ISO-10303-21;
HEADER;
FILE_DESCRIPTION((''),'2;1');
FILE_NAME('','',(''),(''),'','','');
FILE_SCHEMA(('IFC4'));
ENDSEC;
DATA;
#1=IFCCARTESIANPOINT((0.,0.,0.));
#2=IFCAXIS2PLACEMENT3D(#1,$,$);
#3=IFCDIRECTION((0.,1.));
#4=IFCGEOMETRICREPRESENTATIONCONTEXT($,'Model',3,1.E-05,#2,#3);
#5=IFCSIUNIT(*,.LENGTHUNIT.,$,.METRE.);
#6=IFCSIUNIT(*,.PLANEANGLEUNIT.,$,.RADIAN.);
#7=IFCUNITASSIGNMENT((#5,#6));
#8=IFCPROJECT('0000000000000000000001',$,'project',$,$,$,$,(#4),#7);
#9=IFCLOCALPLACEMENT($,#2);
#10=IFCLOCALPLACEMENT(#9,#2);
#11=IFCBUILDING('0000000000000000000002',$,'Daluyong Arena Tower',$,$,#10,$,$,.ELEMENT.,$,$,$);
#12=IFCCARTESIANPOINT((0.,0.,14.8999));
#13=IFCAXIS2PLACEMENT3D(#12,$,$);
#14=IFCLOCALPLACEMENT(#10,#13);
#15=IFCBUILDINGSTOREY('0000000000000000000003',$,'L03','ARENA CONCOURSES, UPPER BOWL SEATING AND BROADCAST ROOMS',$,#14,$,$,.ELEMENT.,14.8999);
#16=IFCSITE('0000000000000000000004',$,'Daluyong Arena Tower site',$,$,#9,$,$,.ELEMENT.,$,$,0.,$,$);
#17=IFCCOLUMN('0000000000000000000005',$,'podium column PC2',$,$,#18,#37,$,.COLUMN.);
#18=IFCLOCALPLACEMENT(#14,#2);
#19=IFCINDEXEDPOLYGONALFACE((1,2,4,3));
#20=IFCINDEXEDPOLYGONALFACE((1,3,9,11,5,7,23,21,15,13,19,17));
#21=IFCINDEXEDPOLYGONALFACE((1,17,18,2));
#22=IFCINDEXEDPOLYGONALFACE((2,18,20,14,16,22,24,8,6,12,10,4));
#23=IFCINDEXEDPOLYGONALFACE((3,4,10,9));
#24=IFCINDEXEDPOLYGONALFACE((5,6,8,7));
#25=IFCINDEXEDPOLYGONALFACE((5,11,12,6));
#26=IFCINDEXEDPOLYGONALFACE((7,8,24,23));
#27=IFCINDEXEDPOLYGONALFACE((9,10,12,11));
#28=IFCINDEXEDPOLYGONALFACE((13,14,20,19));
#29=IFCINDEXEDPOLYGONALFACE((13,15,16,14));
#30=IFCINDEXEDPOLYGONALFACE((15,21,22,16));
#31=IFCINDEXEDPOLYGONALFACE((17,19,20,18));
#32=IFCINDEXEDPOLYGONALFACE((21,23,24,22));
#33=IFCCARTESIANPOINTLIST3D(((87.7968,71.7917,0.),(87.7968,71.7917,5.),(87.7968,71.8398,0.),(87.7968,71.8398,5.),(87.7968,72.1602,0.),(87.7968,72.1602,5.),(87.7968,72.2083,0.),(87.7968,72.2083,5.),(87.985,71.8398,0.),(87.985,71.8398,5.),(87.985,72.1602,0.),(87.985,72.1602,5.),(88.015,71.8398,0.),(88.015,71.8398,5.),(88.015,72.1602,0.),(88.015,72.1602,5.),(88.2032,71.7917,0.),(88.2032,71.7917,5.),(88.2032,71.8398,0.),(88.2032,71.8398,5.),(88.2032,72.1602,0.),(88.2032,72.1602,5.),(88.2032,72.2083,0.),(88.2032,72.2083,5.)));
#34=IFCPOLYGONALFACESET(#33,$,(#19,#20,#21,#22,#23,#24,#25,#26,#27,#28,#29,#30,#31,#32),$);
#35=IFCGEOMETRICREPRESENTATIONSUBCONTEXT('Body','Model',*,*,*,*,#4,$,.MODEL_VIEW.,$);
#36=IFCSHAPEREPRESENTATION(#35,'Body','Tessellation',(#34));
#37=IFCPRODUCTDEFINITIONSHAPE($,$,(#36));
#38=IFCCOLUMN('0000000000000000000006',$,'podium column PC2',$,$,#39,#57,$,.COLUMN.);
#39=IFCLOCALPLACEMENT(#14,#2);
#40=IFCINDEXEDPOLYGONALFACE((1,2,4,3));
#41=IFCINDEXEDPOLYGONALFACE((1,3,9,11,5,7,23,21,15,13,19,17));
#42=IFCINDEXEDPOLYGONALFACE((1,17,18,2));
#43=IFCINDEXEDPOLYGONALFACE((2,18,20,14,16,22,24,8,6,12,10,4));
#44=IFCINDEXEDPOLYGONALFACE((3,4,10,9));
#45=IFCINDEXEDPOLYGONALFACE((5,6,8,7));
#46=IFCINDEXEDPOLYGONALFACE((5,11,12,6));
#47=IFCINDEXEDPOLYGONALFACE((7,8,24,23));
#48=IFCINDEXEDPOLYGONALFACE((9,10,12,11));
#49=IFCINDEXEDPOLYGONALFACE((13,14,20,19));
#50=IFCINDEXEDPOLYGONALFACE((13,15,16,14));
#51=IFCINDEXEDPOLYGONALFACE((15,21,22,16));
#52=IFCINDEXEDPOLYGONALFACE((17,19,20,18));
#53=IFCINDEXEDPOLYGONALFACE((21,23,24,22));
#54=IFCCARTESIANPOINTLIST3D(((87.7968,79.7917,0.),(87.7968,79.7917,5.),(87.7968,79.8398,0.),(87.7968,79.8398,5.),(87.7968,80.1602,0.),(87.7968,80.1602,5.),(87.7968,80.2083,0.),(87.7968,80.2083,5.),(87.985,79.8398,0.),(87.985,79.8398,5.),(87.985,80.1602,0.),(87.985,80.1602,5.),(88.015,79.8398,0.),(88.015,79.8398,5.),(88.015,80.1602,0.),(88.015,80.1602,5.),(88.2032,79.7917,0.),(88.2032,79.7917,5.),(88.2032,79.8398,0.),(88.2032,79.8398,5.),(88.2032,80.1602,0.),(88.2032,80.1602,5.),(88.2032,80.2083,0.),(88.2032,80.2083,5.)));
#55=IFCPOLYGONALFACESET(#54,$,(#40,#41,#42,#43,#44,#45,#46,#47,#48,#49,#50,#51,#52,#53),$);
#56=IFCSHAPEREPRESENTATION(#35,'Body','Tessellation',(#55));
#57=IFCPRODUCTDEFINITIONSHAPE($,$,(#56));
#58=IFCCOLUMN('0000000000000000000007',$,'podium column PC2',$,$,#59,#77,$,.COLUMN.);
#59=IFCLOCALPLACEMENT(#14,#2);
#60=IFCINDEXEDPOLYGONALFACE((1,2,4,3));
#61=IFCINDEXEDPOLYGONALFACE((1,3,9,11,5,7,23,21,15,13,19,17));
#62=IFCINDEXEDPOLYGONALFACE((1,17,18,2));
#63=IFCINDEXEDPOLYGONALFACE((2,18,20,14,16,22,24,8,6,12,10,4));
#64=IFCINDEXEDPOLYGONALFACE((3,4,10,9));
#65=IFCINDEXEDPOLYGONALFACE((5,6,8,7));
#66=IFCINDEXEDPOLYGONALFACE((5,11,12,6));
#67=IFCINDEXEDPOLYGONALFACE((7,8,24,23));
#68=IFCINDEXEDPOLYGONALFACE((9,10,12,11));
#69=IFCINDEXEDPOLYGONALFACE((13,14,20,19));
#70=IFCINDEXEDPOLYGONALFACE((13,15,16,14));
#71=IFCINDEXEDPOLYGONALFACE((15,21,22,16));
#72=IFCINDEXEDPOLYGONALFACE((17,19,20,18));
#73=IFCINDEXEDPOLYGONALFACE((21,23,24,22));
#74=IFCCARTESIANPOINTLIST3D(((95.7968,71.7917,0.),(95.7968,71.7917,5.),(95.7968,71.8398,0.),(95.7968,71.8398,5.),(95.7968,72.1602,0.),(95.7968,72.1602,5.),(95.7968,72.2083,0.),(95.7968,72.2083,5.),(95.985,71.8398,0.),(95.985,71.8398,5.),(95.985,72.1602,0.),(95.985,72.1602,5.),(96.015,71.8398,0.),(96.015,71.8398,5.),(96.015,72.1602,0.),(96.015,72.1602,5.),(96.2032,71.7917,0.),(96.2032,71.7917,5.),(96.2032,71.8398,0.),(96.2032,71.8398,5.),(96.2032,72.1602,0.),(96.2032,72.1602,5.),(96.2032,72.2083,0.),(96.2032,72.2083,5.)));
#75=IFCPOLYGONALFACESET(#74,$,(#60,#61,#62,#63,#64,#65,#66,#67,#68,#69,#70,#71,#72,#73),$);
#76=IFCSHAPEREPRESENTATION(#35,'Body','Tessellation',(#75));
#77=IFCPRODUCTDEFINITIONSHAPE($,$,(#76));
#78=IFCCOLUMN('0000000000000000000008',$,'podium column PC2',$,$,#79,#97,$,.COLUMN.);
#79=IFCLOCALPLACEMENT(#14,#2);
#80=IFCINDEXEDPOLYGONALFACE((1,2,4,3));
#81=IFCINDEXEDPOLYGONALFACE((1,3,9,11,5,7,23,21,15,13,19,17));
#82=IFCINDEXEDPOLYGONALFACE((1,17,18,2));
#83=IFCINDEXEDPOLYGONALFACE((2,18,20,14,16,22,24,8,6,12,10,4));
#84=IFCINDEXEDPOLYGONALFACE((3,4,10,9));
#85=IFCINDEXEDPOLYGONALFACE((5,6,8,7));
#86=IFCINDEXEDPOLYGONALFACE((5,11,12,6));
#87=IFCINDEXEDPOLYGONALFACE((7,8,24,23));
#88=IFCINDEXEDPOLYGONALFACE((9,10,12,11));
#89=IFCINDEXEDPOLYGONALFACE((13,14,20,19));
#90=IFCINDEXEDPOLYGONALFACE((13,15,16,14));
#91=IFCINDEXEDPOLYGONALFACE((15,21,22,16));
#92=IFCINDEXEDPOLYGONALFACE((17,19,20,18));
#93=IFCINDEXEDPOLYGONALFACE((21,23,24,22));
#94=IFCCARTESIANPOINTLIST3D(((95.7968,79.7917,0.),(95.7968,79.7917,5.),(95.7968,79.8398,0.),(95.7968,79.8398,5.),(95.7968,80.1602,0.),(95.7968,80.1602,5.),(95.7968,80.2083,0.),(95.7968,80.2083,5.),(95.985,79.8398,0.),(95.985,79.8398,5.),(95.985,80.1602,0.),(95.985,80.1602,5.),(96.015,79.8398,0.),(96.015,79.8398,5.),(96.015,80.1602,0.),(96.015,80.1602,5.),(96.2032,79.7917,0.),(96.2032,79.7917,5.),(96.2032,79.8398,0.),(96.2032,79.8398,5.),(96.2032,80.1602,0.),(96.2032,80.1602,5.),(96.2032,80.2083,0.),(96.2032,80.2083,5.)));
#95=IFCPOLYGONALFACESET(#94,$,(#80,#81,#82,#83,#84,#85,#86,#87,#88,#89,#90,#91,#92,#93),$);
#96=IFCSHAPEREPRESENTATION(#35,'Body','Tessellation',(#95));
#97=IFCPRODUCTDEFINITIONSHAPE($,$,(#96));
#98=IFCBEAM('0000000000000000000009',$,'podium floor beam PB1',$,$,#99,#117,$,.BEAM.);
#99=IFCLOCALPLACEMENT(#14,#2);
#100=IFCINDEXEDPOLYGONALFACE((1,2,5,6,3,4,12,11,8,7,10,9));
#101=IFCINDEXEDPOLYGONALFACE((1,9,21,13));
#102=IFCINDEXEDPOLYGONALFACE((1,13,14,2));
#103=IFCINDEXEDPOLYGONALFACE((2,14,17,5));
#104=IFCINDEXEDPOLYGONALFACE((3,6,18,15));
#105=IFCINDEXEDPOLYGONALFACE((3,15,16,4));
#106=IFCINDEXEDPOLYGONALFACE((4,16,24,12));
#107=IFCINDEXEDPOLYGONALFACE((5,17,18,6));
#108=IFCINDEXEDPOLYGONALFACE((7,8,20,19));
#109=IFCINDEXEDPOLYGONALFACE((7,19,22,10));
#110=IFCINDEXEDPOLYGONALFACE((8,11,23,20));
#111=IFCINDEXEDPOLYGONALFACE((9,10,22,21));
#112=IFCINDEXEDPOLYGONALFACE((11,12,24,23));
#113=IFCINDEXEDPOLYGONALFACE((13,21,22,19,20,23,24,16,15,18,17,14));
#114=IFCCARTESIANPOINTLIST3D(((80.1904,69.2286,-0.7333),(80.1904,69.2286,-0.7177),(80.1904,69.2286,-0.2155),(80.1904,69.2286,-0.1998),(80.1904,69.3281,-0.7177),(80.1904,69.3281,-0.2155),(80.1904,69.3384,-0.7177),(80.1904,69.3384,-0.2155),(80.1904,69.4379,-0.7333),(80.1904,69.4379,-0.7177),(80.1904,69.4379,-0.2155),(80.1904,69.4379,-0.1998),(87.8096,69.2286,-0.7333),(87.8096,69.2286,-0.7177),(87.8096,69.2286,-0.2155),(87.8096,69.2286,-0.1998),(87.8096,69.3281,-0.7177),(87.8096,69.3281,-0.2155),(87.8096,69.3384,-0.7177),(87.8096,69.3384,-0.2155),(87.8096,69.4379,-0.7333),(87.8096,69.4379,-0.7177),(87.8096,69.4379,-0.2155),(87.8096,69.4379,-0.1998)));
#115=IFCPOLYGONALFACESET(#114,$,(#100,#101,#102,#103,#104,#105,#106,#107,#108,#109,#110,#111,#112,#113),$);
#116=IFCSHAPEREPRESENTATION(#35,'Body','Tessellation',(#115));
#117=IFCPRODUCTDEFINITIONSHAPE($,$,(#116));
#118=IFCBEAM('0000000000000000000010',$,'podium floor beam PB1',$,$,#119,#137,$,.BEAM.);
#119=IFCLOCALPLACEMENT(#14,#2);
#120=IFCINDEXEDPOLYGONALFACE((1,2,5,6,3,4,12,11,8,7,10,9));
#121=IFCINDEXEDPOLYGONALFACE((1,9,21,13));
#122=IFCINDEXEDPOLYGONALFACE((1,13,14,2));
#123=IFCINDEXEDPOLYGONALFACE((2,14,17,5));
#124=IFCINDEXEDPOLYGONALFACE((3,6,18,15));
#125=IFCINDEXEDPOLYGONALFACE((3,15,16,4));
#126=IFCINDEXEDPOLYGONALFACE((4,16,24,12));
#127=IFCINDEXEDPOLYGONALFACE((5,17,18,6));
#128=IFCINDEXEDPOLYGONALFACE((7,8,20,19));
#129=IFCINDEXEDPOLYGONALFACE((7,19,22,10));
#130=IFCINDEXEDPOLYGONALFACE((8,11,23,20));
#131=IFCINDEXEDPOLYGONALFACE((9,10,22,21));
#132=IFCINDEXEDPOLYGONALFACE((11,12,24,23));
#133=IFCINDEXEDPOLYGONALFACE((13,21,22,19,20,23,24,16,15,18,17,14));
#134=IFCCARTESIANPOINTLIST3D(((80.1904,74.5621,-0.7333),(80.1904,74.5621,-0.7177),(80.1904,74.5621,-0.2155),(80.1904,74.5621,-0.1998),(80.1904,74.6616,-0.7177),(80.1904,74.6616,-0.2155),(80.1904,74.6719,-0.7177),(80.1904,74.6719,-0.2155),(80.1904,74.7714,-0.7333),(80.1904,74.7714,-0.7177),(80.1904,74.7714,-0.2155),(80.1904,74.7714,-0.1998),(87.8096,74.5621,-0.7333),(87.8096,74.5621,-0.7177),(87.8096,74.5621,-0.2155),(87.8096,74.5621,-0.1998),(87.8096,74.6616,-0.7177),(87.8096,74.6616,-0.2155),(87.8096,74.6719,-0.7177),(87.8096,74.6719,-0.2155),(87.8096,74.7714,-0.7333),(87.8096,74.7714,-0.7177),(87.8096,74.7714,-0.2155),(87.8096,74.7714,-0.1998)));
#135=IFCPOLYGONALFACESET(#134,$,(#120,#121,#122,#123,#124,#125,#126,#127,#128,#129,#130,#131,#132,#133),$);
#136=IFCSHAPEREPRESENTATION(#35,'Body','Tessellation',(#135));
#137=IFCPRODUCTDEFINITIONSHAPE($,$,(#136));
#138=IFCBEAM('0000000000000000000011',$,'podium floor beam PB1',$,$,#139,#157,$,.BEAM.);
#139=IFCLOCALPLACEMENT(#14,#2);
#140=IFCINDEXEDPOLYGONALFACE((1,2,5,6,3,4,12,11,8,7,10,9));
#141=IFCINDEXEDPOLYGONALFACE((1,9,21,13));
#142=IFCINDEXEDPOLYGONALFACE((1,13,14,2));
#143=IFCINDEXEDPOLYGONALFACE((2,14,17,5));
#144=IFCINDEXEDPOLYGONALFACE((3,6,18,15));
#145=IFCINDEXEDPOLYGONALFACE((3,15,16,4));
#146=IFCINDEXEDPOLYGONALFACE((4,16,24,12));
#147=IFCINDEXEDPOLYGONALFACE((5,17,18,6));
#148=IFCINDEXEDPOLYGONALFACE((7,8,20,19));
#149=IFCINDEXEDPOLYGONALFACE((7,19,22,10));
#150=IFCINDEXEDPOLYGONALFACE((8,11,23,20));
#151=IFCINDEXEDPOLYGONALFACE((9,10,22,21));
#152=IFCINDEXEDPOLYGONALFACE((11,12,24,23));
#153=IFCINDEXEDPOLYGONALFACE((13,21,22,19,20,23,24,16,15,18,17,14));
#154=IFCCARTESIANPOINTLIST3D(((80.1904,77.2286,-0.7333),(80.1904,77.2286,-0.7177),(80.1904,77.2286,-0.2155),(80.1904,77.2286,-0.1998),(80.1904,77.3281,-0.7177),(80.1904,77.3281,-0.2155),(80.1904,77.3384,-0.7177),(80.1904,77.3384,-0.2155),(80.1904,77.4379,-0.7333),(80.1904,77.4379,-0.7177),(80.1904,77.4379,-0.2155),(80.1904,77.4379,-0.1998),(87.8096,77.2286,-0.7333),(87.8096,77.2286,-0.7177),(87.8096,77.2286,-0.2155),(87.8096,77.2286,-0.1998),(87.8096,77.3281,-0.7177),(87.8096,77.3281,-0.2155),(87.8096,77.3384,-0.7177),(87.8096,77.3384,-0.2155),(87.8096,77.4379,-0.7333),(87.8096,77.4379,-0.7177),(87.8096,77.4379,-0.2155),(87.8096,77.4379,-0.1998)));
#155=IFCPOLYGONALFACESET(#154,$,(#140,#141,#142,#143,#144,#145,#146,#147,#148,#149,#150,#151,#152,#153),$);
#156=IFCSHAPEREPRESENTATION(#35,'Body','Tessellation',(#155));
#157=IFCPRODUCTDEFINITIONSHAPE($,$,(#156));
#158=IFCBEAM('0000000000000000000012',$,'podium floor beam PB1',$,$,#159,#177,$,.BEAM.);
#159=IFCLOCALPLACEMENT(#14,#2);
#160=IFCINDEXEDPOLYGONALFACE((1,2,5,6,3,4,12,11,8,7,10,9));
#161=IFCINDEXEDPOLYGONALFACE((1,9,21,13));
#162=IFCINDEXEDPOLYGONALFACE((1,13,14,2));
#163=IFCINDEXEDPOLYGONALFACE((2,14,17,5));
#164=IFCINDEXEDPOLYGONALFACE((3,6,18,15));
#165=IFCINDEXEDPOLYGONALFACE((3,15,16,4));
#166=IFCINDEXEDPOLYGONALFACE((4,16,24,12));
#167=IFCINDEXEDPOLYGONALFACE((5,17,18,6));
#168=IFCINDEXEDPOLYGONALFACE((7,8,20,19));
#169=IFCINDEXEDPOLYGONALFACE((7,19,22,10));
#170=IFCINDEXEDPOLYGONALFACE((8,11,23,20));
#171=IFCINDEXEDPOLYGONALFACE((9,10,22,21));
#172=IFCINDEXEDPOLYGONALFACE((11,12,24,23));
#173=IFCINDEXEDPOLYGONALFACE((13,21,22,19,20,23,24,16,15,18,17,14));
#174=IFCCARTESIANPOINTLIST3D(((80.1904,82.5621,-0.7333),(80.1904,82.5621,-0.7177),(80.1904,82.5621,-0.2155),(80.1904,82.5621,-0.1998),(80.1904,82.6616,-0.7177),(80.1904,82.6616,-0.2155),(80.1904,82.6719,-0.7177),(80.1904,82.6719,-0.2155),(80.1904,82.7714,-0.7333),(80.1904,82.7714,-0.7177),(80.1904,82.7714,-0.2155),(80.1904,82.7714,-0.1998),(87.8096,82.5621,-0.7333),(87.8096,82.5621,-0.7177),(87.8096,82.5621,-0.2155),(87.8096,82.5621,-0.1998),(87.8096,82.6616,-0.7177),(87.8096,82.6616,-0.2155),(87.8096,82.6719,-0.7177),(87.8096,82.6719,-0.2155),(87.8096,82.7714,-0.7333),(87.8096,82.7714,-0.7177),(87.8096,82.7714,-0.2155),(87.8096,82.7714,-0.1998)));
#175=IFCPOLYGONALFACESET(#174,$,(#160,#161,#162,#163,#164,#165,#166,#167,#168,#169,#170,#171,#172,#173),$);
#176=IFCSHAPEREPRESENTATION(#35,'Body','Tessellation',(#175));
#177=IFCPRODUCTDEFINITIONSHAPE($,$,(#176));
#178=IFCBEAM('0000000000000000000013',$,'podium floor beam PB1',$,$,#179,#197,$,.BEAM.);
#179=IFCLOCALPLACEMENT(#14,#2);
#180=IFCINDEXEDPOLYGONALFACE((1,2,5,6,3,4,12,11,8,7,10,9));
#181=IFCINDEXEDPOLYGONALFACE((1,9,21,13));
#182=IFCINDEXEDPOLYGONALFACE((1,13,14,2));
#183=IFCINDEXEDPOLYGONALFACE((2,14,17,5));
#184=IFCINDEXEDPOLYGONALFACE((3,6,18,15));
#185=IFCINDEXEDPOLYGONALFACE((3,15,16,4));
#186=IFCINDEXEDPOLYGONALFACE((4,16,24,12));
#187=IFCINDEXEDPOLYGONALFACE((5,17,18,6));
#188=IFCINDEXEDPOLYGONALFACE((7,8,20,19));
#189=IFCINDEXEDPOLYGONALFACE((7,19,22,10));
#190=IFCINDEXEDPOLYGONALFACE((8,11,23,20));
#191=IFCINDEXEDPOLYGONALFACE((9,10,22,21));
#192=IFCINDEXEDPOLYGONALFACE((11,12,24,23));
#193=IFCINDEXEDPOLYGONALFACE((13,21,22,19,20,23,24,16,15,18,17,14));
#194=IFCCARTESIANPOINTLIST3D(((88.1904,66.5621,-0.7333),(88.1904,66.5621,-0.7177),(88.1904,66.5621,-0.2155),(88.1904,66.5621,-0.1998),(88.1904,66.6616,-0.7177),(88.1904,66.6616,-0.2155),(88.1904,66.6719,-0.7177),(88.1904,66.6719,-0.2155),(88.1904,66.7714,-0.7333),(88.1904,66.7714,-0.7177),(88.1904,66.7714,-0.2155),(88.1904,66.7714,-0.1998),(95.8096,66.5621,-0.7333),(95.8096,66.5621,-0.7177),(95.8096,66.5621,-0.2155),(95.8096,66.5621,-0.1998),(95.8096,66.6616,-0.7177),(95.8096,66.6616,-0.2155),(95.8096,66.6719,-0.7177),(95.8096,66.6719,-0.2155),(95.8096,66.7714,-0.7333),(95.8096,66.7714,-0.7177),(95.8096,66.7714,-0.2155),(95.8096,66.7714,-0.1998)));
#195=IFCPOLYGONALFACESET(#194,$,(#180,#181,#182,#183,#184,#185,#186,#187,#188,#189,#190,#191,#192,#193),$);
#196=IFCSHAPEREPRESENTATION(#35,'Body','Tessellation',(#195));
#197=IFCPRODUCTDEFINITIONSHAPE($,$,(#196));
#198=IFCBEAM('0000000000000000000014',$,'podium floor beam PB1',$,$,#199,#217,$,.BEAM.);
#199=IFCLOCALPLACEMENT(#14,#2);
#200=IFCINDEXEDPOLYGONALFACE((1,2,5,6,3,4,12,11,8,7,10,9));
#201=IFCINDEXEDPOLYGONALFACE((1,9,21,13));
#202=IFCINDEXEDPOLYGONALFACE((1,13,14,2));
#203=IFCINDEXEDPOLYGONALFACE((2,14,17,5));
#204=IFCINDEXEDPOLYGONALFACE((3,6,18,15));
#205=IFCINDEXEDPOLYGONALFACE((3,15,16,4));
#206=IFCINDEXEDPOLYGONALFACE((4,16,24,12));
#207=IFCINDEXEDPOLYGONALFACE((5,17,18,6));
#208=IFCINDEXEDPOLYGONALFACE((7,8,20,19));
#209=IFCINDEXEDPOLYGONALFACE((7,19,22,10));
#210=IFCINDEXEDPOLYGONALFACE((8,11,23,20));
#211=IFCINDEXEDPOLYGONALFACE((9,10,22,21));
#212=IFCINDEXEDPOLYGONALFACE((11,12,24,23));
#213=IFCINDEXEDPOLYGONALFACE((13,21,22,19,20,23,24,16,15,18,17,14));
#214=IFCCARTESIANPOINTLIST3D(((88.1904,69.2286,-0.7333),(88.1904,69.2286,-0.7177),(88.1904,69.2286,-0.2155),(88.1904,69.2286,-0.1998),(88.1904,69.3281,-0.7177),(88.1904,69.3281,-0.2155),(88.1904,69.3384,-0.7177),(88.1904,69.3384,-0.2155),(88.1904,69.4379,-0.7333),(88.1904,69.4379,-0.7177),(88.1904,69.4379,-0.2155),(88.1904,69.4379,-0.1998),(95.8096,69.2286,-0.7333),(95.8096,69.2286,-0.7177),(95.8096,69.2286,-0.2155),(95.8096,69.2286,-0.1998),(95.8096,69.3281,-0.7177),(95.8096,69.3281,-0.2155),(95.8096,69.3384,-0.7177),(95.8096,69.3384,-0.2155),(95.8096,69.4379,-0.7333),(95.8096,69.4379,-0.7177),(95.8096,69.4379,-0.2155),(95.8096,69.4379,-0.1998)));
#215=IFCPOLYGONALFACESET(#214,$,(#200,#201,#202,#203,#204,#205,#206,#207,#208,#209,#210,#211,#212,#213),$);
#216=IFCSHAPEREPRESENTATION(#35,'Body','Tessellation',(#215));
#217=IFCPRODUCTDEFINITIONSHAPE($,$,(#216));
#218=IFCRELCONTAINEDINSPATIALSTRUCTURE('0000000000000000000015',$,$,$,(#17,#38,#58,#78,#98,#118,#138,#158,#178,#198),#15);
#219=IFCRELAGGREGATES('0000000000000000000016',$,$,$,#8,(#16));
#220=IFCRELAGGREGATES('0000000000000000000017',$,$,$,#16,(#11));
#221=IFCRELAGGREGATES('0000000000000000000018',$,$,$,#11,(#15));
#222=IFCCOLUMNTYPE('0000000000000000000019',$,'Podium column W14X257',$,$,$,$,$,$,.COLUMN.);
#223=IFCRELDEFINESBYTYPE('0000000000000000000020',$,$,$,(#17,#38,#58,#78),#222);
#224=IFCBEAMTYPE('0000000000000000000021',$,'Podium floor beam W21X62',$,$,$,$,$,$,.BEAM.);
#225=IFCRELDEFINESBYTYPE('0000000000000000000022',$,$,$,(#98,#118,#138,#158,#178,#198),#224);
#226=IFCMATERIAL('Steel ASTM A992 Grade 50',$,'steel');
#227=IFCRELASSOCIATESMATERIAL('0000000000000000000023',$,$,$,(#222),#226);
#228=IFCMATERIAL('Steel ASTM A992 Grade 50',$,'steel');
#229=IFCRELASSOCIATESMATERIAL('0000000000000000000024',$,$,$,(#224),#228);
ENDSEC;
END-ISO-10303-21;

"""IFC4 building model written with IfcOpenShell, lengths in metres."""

from ifc_helpers import new_model, si_unit, direction, frame, origin, origin_2d, place, context, subcontext, project, spatial, i_section, extrude, material, material_profile, profile_set, type_object, element, save


model = new_model("IFC4")

# Units and contexts
model_context = context("Model", 3, precision=1e-05, world=origin(), true_north=direction((0.0, 1.0)))
body_context = subcontext(model_context, "Body", "Model", "MODEL_VIEW")
ifc_project = project(units=[si_unit("LENGTHUNIT", "METRE"), si_unit("PLANEANGLEUNIT", "RADIAN")], contexts=[model_context])

# Site, building, storey
site_placement = place(None, origin())
site = spatial("IfcSite", under=ifc_project, at=site_placement, Name="Daluyong Arena Tower site", CompositionType="ELEMENT", RefElevation=0.0)
building_placement = place(site_placement, origin())
building = spatial("IfcBuilding", under=site, at=building_placement, Name="Daluyong Arena Tower", CompositionType="ELEMENT")
storey_placement = place(building_placement, frame((0.0, 0.0, 14.8999)))
storey = spatial("IfcBuildingStorey", under=building, at=storey_placement, Name="L03", Description="ARENA CONCOURSES, UPPER BOWL SEATING AND BROADCAST ROOMS", CompositionType="ELEMENT", Elevation=14.8999)

# Columns
ifc_material_1 = material(Name="Steel ASTM A992 Grade 50", Category="steel")
ifc_material_profile_1 = material_profile(ifc_material_1, i_section(OverallWidth=0.4065, OverallDepth=0.4165, WebThickness=0.03, FlangeThickness=0.0481, at=origin_2d()))
ifc_profile_set_1 = profile_set([ifc_material_profile_1], Name="Steel ASTM A992 Grade 50")
column_type = type_object("IfcColumnType", Name="Podium column W14X257", PredefinedType="COLUMN", material=ifc_profile_set_1)
for number, where, z_axis, x_axis, name in (
    (1, (88.0, 72.0, 0.0), (0.0, 0.0, 1.0), (1.0, 0.0, 0.0), "podium column PC2"),
    (2, (88.0, 80.0, 0.0), (0.0, 0.0, 1.0), (1.0, 0.0, 0.0), "podium column PC2"),
    (3, (96.0, 72.0, 0.0), (0.0, 0.0, 1.0), (1.0, 0.0, 0.0), "podium column PC2"),
    (4, (96.0, 80.0, 0.0), (0.0, 0.0, 1.0), (1.0, 0.0, 0.0), "podium column PC2"),
):
    element("IfcColumn", number, at=place(storey_placement, frame(where, z_axis=z_axis, x_axis=x_axis)), inside=storey, type_object=column_type, Name=name, PredefinedType="COLUMN", context=body_context, shape_type="SweptSolid", body=[
        extrude(i_section(OverallWidth=0.4065, OverallDepth=0.4165, WebThickness=0.03, FlangeThickness=0.0481, at=origin_2d()), origin(), (0.0, 0.0, 1.0), 5.0),
    ])

# Beams
ifc_material_2 = material(Name="Steel ASTM A992 Grade 50", Category="steel")
ifc_material_profile_2 = material_profile(ifc_material_2, i_section(OverallWidth=0.2092, OverallDepth=0.5334, WebThickness=0.0103, FlangeThickness=0.0156, at=origin_2d()))
ifc_profile_set_2 = profile_set([ifc_material_profile_2], Name="Steel ASTM A992 Grade 50")
beam_type_1 = type_object("IfcBeamType", Name="Podium floor beam W21X62", PredefinedType="BEAM", material=ifc_profile_set_2)
for number, where, z_axis, x_axis, name in (
    (5, (80.1904, 69.3333, -0.4666), (1.0, 0.0, 0.0), (0.0, 1.0, 0.0), "podium floor beam PB1"),
    (6, (80.1904, 74.6667, -0.4666), (1.0, 0.0, 0.0), (0.0, 1.0, 0.0), "podium floor beam PB1"),
    (7, (80.1904, 77.3333, -0.4666), (1.0, 0.0, 0.0), (0.0, 1.0, 0.0), "podium floor beam PB1"),
    (8, (80.1904, 82.6667, -0.4666), (1.0, 0.0, 0.0), (0.0, 1.0, 0.0), "podium floor beam PB1"),
    (9, (88.1904, 66.6667, -0.4666), (1.0, 0.0, 0.0), (0.0, 1.0, 0.0), "podium floor beam PB1"),
    (10, (88.1904, 69.3333, -0.4666), (1.0, 0.0, 0.0), (0.0, 1.0, 0.0), "podium floor beam PB1"),
):
    element("IfcBeam", number, at=place(storey_placement, frame(where, z_axis=z_axis, x_axis=x_axis)), inside=storey, type_object=beam_type_1, Name=name, PredefinedType="BEAM", context=body_context, shape_type="SweptSolid", body=[
        extrude(i_section(OverallWidth=0.2092, OverallDepth=0.5334, WebThickness=0.0103, FlangeThickness=0.0156, at=origin_2d()), origin(), (0.0, 0.0, 1.0), 7.6191),
    ])

save(model, "model.ifc")
